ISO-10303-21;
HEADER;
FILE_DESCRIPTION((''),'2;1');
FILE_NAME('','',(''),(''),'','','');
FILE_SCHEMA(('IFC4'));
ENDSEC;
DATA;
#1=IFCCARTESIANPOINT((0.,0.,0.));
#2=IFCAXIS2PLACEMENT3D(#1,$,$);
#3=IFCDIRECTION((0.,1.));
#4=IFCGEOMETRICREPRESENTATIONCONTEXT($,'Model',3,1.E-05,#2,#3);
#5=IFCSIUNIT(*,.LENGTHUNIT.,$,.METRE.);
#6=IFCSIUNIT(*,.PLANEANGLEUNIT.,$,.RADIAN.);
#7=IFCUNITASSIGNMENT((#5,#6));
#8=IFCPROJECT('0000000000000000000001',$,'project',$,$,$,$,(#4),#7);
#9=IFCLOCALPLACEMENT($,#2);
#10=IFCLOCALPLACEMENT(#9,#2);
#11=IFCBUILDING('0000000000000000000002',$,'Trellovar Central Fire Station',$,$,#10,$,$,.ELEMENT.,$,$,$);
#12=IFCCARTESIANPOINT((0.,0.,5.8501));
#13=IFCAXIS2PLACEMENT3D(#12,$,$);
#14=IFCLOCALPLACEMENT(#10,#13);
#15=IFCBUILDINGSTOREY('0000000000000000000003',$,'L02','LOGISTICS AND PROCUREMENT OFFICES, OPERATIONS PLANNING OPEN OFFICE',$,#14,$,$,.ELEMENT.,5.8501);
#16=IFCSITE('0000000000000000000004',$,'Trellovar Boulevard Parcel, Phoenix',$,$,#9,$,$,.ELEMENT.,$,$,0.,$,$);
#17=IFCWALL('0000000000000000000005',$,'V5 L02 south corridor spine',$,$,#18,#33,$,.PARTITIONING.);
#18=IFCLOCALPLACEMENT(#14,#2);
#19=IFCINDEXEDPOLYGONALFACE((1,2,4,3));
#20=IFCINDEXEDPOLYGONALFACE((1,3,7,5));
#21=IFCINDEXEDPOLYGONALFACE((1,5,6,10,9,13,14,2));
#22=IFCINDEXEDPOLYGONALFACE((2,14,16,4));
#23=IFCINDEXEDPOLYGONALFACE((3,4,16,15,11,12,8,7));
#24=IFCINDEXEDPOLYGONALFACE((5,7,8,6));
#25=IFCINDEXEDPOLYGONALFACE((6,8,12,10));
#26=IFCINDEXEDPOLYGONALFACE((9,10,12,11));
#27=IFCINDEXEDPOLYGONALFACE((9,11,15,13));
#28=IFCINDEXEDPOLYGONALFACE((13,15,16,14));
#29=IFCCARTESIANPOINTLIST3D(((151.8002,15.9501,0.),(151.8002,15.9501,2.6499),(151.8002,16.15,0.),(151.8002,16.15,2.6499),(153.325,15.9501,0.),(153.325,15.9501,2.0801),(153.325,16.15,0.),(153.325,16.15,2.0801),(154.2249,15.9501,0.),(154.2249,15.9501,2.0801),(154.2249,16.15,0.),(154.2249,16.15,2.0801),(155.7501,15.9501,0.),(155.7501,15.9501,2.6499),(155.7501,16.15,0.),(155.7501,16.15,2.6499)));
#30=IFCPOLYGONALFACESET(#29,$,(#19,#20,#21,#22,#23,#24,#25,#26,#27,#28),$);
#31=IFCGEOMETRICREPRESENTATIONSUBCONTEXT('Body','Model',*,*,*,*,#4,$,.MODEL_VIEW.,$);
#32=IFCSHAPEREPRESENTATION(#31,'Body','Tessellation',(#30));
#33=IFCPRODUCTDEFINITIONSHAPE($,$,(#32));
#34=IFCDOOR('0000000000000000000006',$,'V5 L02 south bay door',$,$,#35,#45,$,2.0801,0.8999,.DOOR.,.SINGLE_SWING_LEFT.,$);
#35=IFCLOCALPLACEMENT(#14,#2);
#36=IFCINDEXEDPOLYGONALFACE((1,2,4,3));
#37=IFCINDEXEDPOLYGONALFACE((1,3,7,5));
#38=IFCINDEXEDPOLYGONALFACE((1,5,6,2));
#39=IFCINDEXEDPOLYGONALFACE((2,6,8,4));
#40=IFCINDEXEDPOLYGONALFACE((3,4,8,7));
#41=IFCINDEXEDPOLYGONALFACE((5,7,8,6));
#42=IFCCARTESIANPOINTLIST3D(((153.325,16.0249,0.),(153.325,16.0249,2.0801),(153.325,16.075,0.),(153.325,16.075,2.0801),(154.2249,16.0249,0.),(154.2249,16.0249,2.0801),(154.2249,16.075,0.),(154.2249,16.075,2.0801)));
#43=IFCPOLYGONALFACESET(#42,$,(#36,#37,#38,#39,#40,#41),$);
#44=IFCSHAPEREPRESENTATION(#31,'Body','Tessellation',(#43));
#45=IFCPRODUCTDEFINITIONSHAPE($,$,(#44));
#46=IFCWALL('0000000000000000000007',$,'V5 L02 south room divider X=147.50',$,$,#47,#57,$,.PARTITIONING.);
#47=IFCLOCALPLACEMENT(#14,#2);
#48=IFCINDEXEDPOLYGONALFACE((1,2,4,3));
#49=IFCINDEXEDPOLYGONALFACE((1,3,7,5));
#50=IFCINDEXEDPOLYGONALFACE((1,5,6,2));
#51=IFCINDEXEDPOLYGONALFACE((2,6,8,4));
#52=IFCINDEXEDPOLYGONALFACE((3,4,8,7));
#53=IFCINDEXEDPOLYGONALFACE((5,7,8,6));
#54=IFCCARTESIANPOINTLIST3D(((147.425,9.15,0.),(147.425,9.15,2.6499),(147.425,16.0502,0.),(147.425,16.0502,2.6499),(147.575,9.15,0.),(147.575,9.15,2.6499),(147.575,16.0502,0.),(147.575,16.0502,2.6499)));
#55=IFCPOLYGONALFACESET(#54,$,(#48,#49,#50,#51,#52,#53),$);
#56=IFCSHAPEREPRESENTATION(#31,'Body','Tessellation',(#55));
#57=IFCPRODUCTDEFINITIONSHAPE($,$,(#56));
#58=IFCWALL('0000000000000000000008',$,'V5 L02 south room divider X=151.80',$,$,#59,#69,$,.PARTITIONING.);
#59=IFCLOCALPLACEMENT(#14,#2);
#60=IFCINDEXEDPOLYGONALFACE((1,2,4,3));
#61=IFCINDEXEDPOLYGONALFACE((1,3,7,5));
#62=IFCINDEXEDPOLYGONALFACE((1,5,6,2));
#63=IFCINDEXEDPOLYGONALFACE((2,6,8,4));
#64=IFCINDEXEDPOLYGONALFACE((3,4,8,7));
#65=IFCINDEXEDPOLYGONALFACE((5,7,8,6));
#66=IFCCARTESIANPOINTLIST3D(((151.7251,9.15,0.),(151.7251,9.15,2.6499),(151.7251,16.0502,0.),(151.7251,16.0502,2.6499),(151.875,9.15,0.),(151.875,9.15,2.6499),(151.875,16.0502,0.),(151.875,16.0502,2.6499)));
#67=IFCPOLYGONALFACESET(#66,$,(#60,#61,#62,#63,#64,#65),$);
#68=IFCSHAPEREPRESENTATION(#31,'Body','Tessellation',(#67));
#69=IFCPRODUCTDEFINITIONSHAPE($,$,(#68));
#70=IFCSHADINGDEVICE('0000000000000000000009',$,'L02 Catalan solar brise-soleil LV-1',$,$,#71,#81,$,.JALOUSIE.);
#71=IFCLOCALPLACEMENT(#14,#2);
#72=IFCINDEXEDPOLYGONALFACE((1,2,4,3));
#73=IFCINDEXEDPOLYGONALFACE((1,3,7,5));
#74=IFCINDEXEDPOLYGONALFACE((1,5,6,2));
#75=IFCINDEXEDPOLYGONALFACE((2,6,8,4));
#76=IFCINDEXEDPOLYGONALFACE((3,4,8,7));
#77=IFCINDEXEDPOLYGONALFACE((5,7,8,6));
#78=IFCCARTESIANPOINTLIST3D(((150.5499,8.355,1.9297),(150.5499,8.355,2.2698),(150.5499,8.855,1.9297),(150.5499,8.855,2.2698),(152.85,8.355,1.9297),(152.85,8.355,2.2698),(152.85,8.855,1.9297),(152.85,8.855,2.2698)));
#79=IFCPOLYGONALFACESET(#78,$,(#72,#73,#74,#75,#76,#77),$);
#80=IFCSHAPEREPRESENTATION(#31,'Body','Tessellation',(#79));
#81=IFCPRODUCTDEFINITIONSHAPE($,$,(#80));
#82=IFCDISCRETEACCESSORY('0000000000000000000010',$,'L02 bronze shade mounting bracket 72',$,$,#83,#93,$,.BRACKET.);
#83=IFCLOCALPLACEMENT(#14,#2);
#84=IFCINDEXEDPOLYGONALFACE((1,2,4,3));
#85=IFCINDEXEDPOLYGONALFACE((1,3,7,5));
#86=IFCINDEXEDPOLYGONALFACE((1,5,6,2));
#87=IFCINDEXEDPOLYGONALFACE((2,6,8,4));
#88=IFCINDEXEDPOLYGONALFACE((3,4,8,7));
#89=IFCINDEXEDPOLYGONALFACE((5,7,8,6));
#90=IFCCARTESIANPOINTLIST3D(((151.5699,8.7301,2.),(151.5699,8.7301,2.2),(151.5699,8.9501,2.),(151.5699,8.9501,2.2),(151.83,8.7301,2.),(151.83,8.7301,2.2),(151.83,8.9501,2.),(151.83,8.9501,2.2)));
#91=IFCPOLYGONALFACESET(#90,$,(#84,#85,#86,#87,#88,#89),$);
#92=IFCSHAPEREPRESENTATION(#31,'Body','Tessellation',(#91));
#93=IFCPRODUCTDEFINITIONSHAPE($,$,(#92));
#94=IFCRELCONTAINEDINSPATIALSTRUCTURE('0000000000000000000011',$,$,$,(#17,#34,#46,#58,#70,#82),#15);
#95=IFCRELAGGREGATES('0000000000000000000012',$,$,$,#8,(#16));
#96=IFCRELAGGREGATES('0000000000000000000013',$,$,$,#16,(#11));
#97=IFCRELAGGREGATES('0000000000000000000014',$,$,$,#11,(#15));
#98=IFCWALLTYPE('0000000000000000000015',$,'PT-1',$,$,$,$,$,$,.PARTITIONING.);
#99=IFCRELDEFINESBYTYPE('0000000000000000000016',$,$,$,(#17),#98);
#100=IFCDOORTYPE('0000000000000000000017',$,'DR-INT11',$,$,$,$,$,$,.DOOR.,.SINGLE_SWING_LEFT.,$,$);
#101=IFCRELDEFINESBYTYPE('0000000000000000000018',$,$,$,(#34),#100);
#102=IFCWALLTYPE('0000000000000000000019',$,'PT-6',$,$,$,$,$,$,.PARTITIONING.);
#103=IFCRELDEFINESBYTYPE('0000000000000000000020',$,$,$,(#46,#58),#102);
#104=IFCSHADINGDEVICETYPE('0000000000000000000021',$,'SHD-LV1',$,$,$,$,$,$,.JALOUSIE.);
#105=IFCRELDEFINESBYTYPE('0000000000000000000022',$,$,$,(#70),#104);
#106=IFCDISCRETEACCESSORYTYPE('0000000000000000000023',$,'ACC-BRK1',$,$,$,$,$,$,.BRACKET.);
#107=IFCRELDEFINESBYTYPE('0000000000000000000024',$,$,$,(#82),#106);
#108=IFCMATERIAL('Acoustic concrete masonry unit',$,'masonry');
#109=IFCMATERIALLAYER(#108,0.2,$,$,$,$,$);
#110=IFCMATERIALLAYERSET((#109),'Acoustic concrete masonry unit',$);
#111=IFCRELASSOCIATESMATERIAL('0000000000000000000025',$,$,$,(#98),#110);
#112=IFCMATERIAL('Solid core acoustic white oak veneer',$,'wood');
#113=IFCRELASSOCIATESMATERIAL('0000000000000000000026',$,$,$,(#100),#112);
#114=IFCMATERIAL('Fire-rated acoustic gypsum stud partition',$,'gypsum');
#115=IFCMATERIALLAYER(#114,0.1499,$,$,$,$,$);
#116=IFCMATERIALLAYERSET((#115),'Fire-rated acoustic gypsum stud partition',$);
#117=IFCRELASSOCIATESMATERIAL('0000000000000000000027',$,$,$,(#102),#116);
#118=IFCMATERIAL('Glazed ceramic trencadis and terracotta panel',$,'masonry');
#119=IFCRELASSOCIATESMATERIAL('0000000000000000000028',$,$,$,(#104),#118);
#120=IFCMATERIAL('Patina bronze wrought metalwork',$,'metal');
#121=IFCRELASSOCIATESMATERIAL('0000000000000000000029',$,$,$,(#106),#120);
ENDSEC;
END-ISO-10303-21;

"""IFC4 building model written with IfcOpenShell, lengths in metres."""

from ifc_helpers import new_model, si_unit, direction, frame, frame_2d, origin, origin_2d, place, context, subcontext, project, spatial, rectangle, extrude, material, layer, layer_set, type_object, element, fill, save


model = new_model("IFC4")

# Units and contexts
model_context = context("Model", 3, precision=1e-05, world=origin(), true_north=direction((0.0, 1.0)))
body_context = subcontext(model_context, "Body", "Model", "MODEL_VIEW")
ifc_project = project(units=[si_unit("LENGTHUNIT", "METRE"), si_unit("PLANEANGLEUNIT", "RADIAN")], contexts=[model_context])

# Site, building, storey
site_placement = place(None, origin())
site = spatial("IfcSite", under=ifc_project, at=site_placement, Name="Trellovar Boulevard Parcel, Phoenix", CompositionType="ELEMENT", RefElevation=0.0)
building_placement = place(site_placement, origin())
building = spatial("IfcBuilding", under=site, at=building_placement, Name="Trellovar Central Fire Station", CompositionType="ELEMENT")
storey_placement = place(building_placement, frame((0.0, 0.0, 5.8501)))
storey = spatial("IfcBuildingStorey", under=building, at=storey_placement, Name="L02", Description="LOGISTICS AND PROCUREMENT OFFICES, OPERATIONS PLANNING OPEN OFFICE", CompositionType="ELEMENT", Elevation=5.8501)

# Shared definitions
ifc_material_1 = material(Name="Acoustic concrete masonry unit", Category="masonry")
ifc_layer_1 = layer(ifc_material_1, 0.2)
ifc_layer_set_1 = layer_set([ifc_layer_1], Name="Acoustic concrete masonry unit")
wall_type_1 = type_object("IfcWallType", Name="PT-1", PredefinedType="PARTITIONING", material=ifc_layer_set_1)

# Wall, opening, door
wall_1_placement = place(storey_placement, frame((151.8, 16.05, 0.0), z_axis=(0.0, 0.0, 1.0), x_axis=(1.0, 0.0, 0.0)))
wall_1 = element("IfcWall", 1, at=wall_1_placement, inside=storey, type_object=wall_type_1, Name="V5 L02 south corridor spine", PredefinedType="PARTITIONING", context=body_context, shape_type="SweptSolid", body=[
    extrude(rectangle(XDim=3.95, YDim=0.2, at=frame_2d((1.9751, 0.0))), origin(), (0.0, 0.0, 1.0), 2.6499),
])
opening_1_placement = place(wall_1_placement, frame((1.5249, 0.0, 0.0)))
opening_1 = element("IfcOpeningElement", 2, at=opening_1_placement, cuts=wall_1, PredefinedType="OPENING", context=body_context, shape_type="SweptSolid", body=[
    extrude(rectangle(XDim=0.8999, YDim=2.0801, at=frame_2d((0.45, 1.04))), frame((0.0, 0.1099, 0.0), z_axis=(0.0, -1.0, 0.0), x_axis=(1.0, 0.0, 0.0)), (0.0, 0.0, 1.0), 0.22),
])
ifc_material_2 = material(Name="Solid core acoustic white oak veneer", Category="wood")
door_type = type_object("IfcDoorType", Name="DR-INT11", OperationType="SINGLE_SWING_LEFT", PredefinedType="DOOR", material=ifc_material_2)
door_placement = place(opening_1_placement, origin())
door = element("IfcDoor", 3, at=door_placement, inside=storey, type_object=door_type, Name="V5 L02 south bay door", OperationType="SINGLE_SWING_LEFT", OverallHeight=2.0801, OverallWidth=0.8999, PredefinedType="DOOR", context=body_context, shape_type="SweptSolid", body=[
    extrude(rectangle(XDim=0.8999, YDim=2.0801, at=frame_2d((0.45, 1.04))), frame((0.0, 0.0249, 0.0), z_axis=(0.0, -1.0, 0.0), x_axis=(1.0, 0.0, 0.0)), (0.0, 0.0, 1.0), 0.05),
])
fill(opening_1, door)

# Walls
ifc_material_3 = material(Name="Fire-rated acoustic gypsum stud partition", Category="gypsum")
ifc_layer_2 = layer(ifc_material_3, 0.1499)
ifc_layer_set_2 = layer_set([ifc_layer_2], Name="Fire-rated acoustic gypsum stud partition")
wall_type_2 = type_object("IfcWallType", Name="PT-6", PredefinedType="PARTITIONING", material=ifc_layer_set_2)
for number, where, z_axis, x_axis, name in (
    (4, (147.5, 9.1499, 0.0), (0.0, 0.0, 1.0), (0.0, 1.0, 0.0), "V5 L02 south room divider X=147.50"),
    (5, (151.8, 9.1499, 0.0), (0.0, 0.0, 1.0), (0.0, 1.0, 0.0), "V5 L02 south room divider X=151.80"),
):
    element("IfcWall", number, at=place(storey_placement, frame(where, z_axis=z_axis, x_axis=x_axis)), inside=storey, type_object=wall_type_2, Name=name, PredefinedType="PARTITIONING", context=body_context, shape_type="SweptSolid", body=[
        extrude(rectangle(XDim=6.9001, YDim=0.1499, at=frame_2d((3.4502, 0.0))), origin(), (0.0, 0.0, 1.0), 2.6499),
    ])

# Shading device
ifc_material_4 = material(Name="Glazed ceramic trencadis and terracotta panel", Category="masonry")
shading_device_type = type_object("IfcShadingDeviceType", Name="SHD-LV1", PredefinedType="JALOUSIE", material=ifc_material_4)
shading_device_placement = place(storey_placement, frame((151.7, 8.605, 1.9297), z_axis=(0.0, 0.0, 1.0), x_axis=(1.0, 0.0, 0.0)))
element("IfcShadingDevice", 6, at=shading_device_placement, inside=storey, type_object=shading_device_type, Name="L02 Catalan solar brise-soleil LV-1", PredefinedType="JALOUSIE", context=body_context, shape_type="SweptSolid", body=[
    extrude(rectangle(XDim=2.3, YDim=0.5, at=origin_2d()), origin(), (0.0, 0.0, 1.0), 0.3401),
])

# Discrete accessory
ifc_material_5 = material(Name="Patina bronze wrought metalwork", Category="metal")
discrete_accessory_type = type_object("IfcDiscreteAccessoryType", Name="ACC-BRK1", PredefinedType="BRACKET", material=ifc_material_5)
discrete_accessory_placement = place(storey_placement, frame((151.7, 8.8401, 2.0), z_axis=(0.0, 0.0, 1.0), x_axis=(1.0, 0.0, 0.0)))
element("IfcDiscreteAccessory", 7, at=discrete_accessory_placement, inside=storey, type_object=discrete_accessory_type, Name="L02 bronze shade mounting bracket 72", PredefinedType="BRACKET", context=body_context, shape_type="SweptSolid", body=[
    extrude(rectangle(XDim=0.26, YDim=0.22, at=origin_2d()), origin(), (0.0, 0.0, 1.0), 0.2),
])

save(model, "model.ifc")
